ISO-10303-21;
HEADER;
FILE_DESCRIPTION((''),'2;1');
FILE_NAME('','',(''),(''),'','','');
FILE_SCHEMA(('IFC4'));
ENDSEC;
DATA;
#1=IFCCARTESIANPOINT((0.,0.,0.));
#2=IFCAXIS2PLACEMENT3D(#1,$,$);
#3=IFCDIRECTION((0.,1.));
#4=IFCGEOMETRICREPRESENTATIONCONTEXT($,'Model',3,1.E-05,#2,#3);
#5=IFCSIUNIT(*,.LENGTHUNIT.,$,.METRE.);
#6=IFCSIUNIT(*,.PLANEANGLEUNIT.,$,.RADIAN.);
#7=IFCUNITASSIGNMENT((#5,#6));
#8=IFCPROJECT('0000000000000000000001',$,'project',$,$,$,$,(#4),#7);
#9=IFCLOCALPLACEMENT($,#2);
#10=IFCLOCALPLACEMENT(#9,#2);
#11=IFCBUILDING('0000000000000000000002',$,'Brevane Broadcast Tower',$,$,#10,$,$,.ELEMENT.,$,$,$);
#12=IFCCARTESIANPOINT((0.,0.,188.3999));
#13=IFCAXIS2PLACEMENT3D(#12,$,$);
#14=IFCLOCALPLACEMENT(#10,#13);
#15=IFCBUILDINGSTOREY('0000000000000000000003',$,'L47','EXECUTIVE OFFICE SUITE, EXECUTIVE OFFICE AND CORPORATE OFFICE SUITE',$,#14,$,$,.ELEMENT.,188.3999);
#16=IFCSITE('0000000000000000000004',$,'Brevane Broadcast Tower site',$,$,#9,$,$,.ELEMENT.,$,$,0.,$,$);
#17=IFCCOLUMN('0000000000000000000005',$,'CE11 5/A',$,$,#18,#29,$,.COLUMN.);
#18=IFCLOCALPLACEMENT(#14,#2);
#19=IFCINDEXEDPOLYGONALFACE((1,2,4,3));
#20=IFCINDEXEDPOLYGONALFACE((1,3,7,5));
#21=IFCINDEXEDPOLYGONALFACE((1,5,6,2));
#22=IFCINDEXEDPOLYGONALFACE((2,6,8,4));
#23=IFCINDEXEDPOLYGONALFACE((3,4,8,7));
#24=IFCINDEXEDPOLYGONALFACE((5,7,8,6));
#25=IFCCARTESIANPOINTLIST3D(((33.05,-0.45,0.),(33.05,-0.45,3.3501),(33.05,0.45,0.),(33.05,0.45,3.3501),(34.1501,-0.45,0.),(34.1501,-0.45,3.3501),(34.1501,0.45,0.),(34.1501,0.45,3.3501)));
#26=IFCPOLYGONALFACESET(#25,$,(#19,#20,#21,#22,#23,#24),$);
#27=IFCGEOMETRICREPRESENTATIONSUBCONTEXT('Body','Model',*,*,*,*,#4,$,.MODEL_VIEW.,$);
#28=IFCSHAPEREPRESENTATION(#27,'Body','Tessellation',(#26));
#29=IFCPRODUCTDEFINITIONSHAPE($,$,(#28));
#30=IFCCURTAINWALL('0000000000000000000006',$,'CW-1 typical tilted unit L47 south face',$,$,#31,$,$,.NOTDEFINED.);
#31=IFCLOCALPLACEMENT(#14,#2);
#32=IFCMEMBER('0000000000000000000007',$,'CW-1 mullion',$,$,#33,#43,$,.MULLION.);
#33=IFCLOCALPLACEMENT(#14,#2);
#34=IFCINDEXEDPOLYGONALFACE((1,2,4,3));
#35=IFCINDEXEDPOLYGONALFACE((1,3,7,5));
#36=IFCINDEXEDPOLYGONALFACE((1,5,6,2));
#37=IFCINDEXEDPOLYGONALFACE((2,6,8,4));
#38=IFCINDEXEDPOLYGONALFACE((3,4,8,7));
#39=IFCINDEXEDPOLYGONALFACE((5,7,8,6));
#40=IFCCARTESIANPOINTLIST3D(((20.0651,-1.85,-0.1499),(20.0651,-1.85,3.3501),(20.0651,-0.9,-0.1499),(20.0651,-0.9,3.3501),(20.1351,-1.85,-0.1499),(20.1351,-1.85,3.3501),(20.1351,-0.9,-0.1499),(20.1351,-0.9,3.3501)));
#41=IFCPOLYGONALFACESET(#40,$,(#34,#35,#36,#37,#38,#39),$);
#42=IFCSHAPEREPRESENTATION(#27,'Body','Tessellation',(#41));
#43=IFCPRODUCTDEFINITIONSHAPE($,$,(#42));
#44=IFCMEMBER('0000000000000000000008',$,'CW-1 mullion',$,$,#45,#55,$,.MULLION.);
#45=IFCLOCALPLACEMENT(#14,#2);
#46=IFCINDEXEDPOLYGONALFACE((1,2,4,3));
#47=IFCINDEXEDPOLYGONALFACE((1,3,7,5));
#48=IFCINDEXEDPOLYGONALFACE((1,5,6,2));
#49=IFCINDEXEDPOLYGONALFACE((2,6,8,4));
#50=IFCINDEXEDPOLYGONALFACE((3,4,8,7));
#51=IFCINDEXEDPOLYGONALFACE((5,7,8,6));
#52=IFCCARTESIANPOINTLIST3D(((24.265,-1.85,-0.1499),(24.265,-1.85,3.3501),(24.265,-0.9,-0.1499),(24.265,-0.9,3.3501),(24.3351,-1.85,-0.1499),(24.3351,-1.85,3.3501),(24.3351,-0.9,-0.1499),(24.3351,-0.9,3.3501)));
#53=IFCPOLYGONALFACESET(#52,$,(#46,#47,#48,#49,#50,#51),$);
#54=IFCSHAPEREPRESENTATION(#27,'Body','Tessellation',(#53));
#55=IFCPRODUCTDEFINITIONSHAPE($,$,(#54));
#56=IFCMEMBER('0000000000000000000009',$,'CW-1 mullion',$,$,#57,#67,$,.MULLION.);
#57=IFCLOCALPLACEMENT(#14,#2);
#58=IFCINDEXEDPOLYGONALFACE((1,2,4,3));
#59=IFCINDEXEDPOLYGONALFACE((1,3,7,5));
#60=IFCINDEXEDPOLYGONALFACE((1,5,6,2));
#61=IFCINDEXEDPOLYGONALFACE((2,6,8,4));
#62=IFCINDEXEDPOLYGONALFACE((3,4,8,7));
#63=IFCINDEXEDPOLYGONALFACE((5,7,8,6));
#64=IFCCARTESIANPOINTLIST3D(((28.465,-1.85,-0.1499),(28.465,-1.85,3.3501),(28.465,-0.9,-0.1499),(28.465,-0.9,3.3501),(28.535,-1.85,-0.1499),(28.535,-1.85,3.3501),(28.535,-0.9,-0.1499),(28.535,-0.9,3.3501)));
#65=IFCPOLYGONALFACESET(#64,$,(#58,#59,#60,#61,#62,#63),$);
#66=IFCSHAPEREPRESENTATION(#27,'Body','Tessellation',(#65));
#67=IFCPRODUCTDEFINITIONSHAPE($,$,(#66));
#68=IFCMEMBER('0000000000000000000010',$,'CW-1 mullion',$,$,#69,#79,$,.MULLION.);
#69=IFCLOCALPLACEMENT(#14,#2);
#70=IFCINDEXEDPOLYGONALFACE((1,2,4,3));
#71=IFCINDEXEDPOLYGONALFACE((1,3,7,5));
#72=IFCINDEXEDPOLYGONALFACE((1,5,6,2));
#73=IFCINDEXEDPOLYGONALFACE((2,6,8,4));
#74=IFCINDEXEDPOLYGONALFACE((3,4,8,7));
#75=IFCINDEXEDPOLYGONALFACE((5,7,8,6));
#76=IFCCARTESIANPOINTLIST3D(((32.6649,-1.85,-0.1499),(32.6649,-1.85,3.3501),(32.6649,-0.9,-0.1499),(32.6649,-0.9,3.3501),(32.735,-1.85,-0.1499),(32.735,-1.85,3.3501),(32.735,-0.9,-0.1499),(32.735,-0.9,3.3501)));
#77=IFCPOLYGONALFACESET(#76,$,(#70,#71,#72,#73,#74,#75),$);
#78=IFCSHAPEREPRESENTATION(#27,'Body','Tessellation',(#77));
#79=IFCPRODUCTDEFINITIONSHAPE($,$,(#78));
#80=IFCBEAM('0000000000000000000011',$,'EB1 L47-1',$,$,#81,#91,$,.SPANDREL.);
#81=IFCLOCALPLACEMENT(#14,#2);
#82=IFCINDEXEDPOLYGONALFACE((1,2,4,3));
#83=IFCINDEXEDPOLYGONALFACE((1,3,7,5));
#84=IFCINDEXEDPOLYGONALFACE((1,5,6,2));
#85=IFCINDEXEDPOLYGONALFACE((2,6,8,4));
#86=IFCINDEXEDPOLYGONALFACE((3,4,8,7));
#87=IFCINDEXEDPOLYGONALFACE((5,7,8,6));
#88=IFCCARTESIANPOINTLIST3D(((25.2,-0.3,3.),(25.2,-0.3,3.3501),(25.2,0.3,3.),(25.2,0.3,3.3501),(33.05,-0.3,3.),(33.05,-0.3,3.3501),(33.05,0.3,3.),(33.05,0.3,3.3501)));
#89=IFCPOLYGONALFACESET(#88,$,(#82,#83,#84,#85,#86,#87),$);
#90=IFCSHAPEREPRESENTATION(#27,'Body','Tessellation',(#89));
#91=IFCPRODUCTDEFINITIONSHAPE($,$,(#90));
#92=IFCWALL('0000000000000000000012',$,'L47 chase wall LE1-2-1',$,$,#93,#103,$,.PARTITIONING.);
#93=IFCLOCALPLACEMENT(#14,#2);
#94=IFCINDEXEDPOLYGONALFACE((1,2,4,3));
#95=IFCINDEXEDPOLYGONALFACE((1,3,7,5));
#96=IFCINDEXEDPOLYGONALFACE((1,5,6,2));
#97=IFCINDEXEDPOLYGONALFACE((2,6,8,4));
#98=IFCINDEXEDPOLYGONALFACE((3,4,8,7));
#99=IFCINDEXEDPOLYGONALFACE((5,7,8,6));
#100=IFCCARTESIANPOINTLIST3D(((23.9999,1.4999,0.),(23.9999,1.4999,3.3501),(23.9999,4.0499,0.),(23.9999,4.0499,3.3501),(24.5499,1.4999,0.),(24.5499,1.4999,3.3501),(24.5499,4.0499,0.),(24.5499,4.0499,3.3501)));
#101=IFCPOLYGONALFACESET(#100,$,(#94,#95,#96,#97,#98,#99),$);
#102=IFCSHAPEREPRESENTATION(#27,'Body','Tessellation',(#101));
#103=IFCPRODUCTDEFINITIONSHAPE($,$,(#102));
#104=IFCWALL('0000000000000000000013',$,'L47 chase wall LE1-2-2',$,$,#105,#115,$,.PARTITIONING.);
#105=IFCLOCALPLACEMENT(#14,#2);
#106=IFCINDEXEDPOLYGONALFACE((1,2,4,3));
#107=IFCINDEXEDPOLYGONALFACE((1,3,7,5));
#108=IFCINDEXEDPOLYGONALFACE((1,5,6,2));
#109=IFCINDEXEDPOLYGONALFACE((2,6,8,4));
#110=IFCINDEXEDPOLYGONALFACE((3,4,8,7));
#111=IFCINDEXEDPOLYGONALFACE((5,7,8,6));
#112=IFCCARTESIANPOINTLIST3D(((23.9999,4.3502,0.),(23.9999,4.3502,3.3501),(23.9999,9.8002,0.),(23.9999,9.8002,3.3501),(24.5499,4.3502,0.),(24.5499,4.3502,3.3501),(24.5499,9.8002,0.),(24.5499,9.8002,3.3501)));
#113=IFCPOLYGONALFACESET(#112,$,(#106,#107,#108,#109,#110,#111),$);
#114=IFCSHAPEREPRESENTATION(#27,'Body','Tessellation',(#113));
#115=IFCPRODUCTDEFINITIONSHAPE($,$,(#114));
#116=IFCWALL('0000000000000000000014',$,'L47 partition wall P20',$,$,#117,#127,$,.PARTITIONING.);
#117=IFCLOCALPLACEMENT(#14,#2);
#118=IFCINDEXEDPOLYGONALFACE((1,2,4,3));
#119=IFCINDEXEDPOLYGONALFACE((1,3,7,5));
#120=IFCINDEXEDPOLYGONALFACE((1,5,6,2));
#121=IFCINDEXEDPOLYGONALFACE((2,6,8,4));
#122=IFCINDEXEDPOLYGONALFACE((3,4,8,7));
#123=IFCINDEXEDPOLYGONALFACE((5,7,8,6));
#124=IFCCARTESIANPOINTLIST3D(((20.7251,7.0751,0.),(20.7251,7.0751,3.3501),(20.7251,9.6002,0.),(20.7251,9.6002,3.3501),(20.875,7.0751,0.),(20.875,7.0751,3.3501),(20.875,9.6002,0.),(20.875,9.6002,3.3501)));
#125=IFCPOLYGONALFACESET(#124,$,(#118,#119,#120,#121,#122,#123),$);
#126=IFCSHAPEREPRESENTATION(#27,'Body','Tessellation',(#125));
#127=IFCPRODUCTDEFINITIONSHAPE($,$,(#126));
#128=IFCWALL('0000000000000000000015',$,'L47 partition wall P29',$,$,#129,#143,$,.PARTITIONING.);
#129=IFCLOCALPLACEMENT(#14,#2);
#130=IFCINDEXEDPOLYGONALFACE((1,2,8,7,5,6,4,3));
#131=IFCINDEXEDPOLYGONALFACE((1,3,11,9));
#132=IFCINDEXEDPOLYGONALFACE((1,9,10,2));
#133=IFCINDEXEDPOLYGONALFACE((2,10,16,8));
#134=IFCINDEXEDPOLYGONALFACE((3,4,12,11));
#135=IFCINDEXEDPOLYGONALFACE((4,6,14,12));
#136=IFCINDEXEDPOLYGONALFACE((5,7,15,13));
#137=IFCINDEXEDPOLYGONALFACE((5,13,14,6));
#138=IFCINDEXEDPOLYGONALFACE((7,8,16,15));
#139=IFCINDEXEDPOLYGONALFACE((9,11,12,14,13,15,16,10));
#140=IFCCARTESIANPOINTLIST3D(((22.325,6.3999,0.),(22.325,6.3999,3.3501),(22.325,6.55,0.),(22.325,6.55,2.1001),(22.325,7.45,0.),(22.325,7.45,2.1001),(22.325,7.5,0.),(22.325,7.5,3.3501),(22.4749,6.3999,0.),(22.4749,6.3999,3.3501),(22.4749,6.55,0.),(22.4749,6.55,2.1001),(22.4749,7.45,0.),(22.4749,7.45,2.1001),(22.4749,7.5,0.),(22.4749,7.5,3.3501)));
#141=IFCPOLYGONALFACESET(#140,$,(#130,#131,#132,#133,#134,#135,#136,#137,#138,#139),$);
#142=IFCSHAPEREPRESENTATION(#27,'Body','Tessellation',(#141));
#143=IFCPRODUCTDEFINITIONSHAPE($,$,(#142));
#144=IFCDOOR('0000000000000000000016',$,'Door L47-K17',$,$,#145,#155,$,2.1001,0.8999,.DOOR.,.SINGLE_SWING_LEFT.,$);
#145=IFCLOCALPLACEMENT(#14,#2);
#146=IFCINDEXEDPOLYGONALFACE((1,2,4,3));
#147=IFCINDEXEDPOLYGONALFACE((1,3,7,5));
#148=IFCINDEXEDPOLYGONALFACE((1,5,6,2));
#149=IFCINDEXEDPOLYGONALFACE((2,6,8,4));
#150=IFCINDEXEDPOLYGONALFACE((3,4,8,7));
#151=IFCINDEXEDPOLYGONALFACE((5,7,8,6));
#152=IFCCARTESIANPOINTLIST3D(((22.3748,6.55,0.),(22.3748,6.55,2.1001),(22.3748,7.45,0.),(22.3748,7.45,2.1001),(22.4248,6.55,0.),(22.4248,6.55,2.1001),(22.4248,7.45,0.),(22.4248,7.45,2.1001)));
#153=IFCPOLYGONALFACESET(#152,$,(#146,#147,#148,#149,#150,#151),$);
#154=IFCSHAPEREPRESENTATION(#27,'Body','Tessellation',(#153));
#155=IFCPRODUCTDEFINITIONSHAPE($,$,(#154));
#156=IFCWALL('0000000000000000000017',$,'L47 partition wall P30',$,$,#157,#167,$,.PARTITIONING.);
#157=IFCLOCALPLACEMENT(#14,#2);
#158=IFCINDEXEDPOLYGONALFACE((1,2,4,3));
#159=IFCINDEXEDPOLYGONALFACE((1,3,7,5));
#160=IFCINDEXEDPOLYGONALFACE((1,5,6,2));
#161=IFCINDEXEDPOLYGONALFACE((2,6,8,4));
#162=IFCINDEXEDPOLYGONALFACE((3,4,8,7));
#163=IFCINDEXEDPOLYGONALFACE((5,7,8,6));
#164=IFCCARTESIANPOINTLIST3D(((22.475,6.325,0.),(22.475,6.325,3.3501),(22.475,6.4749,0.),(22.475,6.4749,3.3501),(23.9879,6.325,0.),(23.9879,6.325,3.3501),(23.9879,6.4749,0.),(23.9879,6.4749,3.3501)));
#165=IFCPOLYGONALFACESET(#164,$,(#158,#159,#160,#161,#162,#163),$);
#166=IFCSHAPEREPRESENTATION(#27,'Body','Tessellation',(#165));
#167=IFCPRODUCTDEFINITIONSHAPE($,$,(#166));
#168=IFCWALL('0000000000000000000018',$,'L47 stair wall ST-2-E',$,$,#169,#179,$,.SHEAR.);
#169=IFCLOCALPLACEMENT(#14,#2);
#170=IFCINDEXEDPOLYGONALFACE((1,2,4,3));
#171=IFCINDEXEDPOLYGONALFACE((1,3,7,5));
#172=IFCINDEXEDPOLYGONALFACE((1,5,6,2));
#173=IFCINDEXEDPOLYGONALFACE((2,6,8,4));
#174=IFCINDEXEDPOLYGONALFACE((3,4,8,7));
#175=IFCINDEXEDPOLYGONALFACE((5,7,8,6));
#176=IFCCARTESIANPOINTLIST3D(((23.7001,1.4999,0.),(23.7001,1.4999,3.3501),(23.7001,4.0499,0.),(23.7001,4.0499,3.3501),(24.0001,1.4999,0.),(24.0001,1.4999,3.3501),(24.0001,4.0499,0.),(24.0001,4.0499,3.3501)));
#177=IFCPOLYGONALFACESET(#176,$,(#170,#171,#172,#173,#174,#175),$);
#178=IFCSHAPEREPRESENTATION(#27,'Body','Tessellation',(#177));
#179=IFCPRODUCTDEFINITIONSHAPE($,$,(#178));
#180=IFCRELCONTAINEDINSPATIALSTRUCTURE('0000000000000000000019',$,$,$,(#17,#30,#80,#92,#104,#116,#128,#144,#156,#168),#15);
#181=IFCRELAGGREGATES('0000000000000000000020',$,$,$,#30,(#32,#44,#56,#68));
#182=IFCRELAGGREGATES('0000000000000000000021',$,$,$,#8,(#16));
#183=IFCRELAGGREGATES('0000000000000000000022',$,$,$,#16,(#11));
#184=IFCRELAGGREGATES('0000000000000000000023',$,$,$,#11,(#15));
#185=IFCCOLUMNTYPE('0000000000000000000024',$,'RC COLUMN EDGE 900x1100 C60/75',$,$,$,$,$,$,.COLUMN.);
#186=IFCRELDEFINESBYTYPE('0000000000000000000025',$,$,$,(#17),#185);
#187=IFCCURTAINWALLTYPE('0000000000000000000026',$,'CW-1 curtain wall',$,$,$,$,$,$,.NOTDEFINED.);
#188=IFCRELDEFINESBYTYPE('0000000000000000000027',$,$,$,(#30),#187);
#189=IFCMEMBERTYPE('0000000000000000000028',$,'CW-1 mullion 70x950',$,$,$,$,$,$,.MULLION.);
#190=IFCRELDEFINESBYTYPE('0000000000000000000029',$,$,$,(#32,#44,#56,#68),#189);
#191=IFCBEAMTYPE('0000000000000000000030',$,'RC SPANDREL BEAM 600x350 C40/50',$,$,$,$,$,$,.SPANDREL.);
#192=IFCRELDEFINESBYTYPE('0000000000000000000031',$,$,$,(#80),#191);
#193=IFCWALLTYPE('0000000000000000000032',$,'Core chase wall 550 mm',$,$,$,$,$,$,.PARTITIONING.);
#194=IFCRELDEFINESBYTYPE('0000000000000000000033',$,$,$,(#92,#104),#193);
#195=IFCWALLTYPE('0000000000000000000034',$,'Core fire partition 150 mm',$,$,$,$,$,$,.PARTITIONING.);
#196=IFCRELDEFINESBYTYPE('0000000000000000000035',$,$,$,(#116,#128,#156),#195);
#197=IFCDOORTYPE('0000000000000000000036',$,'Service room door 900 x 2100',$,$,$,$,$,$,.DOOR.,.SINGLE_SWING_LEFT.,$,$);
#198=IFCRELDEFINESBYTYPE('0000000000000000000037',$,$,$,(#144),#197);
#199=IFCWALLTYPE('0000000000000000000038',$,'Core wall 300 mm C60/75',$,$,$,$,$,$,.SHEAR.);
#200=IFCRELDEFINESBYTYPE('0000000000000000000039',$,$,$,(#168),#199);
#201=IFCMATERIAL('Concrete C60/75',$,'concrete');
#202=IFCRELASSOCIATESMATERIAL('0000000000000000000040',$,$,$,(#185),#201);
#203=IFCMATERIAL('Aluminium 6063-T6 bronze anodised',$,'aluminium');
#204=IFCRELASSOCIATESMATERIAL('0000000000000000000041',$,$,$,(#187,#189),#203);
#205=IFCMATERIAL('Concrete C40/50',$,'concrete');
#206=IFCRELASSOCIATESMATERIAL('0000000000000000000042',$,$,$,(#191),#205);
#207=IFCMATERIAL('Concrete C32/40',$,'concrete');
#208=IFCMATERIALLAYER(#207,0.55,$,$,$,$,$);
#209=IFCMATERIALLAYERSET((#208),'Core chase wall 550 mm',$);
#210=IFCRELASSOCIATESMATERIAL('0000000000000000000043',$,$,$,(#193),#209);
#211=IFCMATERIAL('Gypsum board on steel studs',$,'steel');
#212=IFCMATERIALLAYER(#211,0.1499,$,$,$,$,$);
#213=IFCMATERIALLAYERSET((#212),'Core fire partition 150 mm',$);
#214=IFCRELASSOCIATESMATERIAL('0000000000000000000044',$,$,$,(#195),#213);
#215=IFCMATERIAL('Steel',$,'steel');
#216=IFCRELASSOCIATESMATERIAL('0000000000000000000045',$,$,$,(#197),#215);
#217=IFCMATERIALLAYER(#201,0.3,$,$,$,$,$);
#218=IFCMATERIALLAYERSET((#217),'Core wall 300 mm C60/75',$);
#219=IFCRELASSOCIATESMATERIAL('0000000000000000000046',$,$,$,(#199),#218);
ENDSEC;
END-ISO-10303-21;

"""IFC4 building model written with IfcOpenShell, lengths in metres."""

from ifc_helpers import new_model, si_unit, direction, frame, frame_2d, origin, origin_2d, place, context, subcontext, project, spatial, rectangle, extrude, material, layer, layer_set, material_profile, profile_set, type_object, element, fill, aggregate, save


model = new_model("IFC4")

# Units and contexts
model_context = context("Model", 3, precision=1e-05, world=origin(), true_north=direction((0.0, 1.0)))
body_context = subcontext(model_context, "Body", "Model", "MODEL_VIEW")
ifc_project = project(units=[si_unit("LENGTHUNIT", "METRE"), si_unit("PLANEANGLEUNIT", "RADIAN")], contexts=[model_context])

# Site, building, storey
site_placement = place(None, origin())
site = spatial("IfcSite", under=ifc_project, at=site_placement, Name="Brevane Broadcast Tower site", CompositionType="ELEMENT", RefElevation=0.0)
building_placement = place(site_placement, origin())
building = spatial("IfcBuilding", under=site, at=building_placement, Name="Brevane Broadcast Tower", CompositionType="ELEMENT")
storey_placement = place(building_placement, frame((0.0, 0.0, 188.3999)))
storey = spatial("IfcBuildingStorey", under=building, at=storey_placement, Name="L47", Description="EXECUTIVE OFFICE SUITE, EXECUTIVE OFFICE AND CORPORATE OFFICE SUITE", CompositionType="ELEMENT", Elevation=188.3999)

# Column
ifc_material_1 = material(Name="Concrete C60/75", Category="concrete")
ifc_material_profile_1 = material_profile(ifc_material_1, rectangle(XDim=0.8999, YDim=1.1001, at=origin_2d()), Name="RC 900x1100")
ifc_profile_set_1 = profile_set([ifc_material_profile_1], Name="Concrete C60/75")
column_type = type_object("IfcColumnType", Name="RC COLUMN EDGE 900x1100 C60/75", PredefinedType="COLUMN", material=ifc_profile_set_1)
column_placement = place(storey_placement, frame((33.6001, 0.0, 0.0), z_axis=(0.0, 0.0, 1.0), x_axis=(0.0, 1.0, 0.0)))
element("IfcColumn", 1, at=column_placement, inside=storey, type_object=column_type, Name="CE11 5/A", PredefinedType="COLUMN", context=body_context, shape_type="SweptSolid", body=[
    extrude(rectangle(XDim=0.8999, YDim=1.1001, at=origin_2d()), origin(), (0.0, 0.0, 1.0), 3.3501),
])

# Curtain wall, members
ifc_material_2 = material(Name="Aluminium 6063-T6 bronze anodised", Category="aluminium")
curtain_wall_type = type_object("IfcCurtainWallType", Name="CW-1 curtain wall", PredefinedType="NOTDEFINED", material=ifc_material_2)
curtain_wall_placement = place(storey_placement, origin())
curtain_wall = element("IfcCurtainWall", 2, at=curtain_wall_placement, inside=storey, type_object=curtain_wall_type, Name="CW-1 typical tilted unit L47 south face", PredefinedType="NOTDEFINED")
ifc_material_profile_2 = material_profile(ifc_material_2, rectangle(XDim=0.95, YDim=0.0701, at=origin_2d()), Name="RECT 70x950")
ifc_profile_set_2 = profile_set([ifc_material_profile_2], Name="Aluminium 6063-T6 bronze anodised")
member_type = type_object("IfcMemberType", Name="CW-1 mullion 70x950", PredefinedType="MULLION", material=ifc_profile_set_2)
member_1_placement = place(storey_placement, frame((20.1001, -1.375, -0.1499), z_axis=(0.0, 0.0, 1.0), x_axis=(0.0, 1.0, 0.0)))
member_1 = element("IfcMember", 3, at=member_1_placement, type_object=member_type, Name="CW-1 mullion", PredefinedType="MULLION", context=body_context, shape_type="SweptSolid", body=[
    extrude(rectangle(XDim=0.95, YDim=0.0701, at=origin_2d()), origin(), (0.0, 0.0, 1.0), 3.5),
])
member_2_placement = place(storey_placement, frame((24.3, -1.375, -0.1499), z_axis=(0.0, 0.0, 1.0), x_axis=(0.0, 1.0, 0.0)))
member_2 = element("IfcMember", 4, at=member_2_placement, type_object=member_type, Name="CW-1 mullion", PredefinedType="MULLION", context=body_context, shape_type="SweptSolid", body=[
    extrude(rectangle(XDim=0.95, YDim=0.0701, at=origin_2d()), origin(), (0.0, 0.0, 1.0), 3.5),
])
member_3_placement = place(storey_placement, frame((28.5, -1.375, -0.1499), z_axis=(0.0, 0.0, 1.0), x_axis=(0.0, 1.0, 0.0)))
member_3 = element("IfcMember", 5, at=member_3_placement, type_object=member_type, Name="CW-1 mullion", PredefinedType="MULLION", context=body_context, shape_type="SweptSolid", body=[
    extrude(rectangle(XDim=0.95, YDim=0.0701, at=origin_2d()), origin(), (0.0, 0.0, 1.0), 3.5),
])
member_4_placement = place(storey_placement, frame((32.7, -1.375, -0.1499), z_axis=(0.0, 0.0, 1.0), x_axis=(0.0, 1.0, 0.0)))
member_4 = element("IfcMember", 6, at=member_4_placement, type_object=member_type, Name="CW-1 mullion", PredefinedType="MULLION", context=body_context, shape_type="SweptSolid", body=[
    extrude(rectangle(XDim=0.95, YDim=0.0701, at=origin_2d()), origin(), (0.0, 0.0, 1.0), 3.5),
])
aggregate(curtain_wall, [member_1, member_2, member_3, member_4])

# Beam
ifc_material_3 = material(Name="Concrete C40/50", Category="concrete")
ifc_material_profile_3 = material_profile(ifc_material_3, rectangle(XDim=0.6001, YDim=0.3501, at=origin_2d()), Name="RC 600x350")
ifc_profile_set_3 = profile_set([ifc_material_profile_3], Name="Concrete C40/50")
beam_type = type_object("IfcBeamType", Name="RC SPANDREL BEAM 600x350 C40/50", PredefinedType="SPANDREL", material=ifc_profile_set_3)
beam_placement = place(storey_placement, frame((25.2, 0.0, 3.175), z_axis=(1.0, 0.0, 0.0), x_axis=(0.0, 1.0, 0.0)))
element("IfcBeam", 7, at=beam_placement, inside=storey, type_object=beam_type, Name="EB1 L47-1", PredefinedType="SPANDREL", context=body_context, shape_type="SweptSolid", body=[
    extrude(rectangle(XDim=0.6001, YDim=0.3501, at=origin_2d()), origin(), (0.0, 0.0, 1.0), 7.8501),
])

# Walls
ifc_material_4 = material(Name="Concrete C32/40", Category="concrete")
ifc_layer_1 = layer(ifc_material_4, 0.55)
ifc_layer_set_1 = layer_set([ifc_layer_1], Name="Core chase wall 550 mm")
wall_type_1 = type_object("IfcWallType", Name="Core chase wall 550 mm", PredefinedType="PARTITIONING", material=ifc_layer_set_1)
wall_1_placement = place(storey_placement, frame((24.2749, 1.5, 0.0), z_axis=(0.0, 0.0, 1.0), x_axis=(0.0, 1.0, 0.0)))
element("IfcWall", 8, at=wall_1_placement, inside=storey, type_object=wall_type_1, Name="L47 chase wall LE1-2-1", PredefinedType="PARTITIONING", context=body_context, shape_type="SweptSolid", body=[
    extrude(rectangle(XDim=2.55, YDim=0.55, at=frame_2d((1.2749, 0.0))), origin(), (0.0, 0.0, 1.0), 3.3501),
])
wall_2_placement = place(storey_placement, frame((24.2749, 4.3501, 0.0), z_axis=(0.0, 0.0, 1.0), x_axis=(0.0, 1.0, 0.0)))
element("IfcWall", 9, at=wall_2_placement, inside=storey, type_object=wall_type_1, Name="L47 chase wall LE1-2-2", PredefinedType="PARTITIONING", context=body_context, shape_type="SweptSolid", body=[
    extrude(rectangle(XDim=5.45, YDim=0.55, at=frame_2d((2.7251, 0.0))), origin(), (0.0, 0.0, 1.0), 3.3501),
])
ifc_material_5 = material(Name="Gypsum board on steel studs", Category="steel")
ifc_layer_2 = layer(ifc_material_5, 0.1499)
ifc_layer_set_2 = layer_set([ifc_layer_2], Name="Core fire partition 150 mm")
wall_type_2 = type_object("IfcWallType", Name="Core fire partition 150 mm", PredefinedType="PARTITIONING", material=ifc_layer_set_2)
wall_3_placement = place(storey_placement, frame((20.8, 7.075, 0.0), z_axis=(0.0, 0.0, 1.0), x_axis=(0.0, 1.0, 0.0)))
element("IfcWall", 10, at=wall_3_placement, inside=storey, type_object=wall_type_2, Name="L47 partition wall P20", PredefinedType="PARTITIONING", context=body_context, shape_type="SweptSolid", body=[
    extrude(rectangle(XDim=2.5251, YDim=0.1499, at=frame_2d((1.2627, 0.0))), origin(), (0.0, 0.0, 1.0), 3.3501),
])

# Wall, opening, door
wall_4_placement = place(storey_placement, frame((22.3999, 7.5, 0.0), z_axis=(0.0, 0.0, 1.0), x_axis=(0.0, -1.0, 0.0)))
wall_4 = element("IfcWall", 11, at=wall_4_placement, inside=storey, type_object=wall_type_2, Name="L47 partition wall P29", PredefinedType="PARTITIONING", context=body_context, shape_type="SweptSolid", body=[
    extrude(rectangle(XDim=1.1001, YDim=0.1499, at=frame_2d((0.55, 0.0))), origin(), (0.0, 0.0, 1.0), 3.3501),
])
opening_placement = place(wall_4_placement, frame((0.05, 0.0, 0.0)))
opening = element("IfcOpeningElement", 12, at=opening_placement, cuts=wall_4, PredefinedType="OPENING", context=body_context, shape_type="SweptSolid", body=[
    extrude(rectangle(XDim=0.8999, YDim=2.1001, at=frame_2d((0.45, 1.05))), frame((0.0, 0.085, 0.0), z_axis=(0.0, -1.0, 0.0), x_axis=(1.0, 0.0, 0.0)), (0.0, 0.0, 1.0), 0.1699),
])
ifc_material_6 = material(Name="Steel", Category="steel")
door_type = type_object("IfcDoorType", Name="Service room door 900 x 2100", OperationType="SINGLE_SWING_LEFT", PredefinedType="DOOR", material=ifc_material_6)
door_placement = place(opening_placement, origin())
door = element("IfcDoor", 13, at=door_placement, inside=storey, type_object=door_type, Name="Door L47-K17", OperationType="SINGLE_SWING_LEFT", OverallHeight=2.1001, OverallWidth=0.8999, PredefinedType="DOOR", context=body_context, shape_type="SweptSolid", body=[
    extrude(rectangle(XDim=0.8999, YDim=2.1001, at=frame_2d((0.45, 1.05))), frame((0.0, 0.0249, 0.0), z_axis=(0.0, -1.0, 0.0), x_axis=(1.0, 0.0, 0.0)), (0.0, 0.0, 1.0), 0.05),
])
fill(opening, door)

# Walls
wall_5_placement = place(storey_placement, frame((22.4751, 6.3999, 0.0), z_axis=(0.0, 0.0, 1.0), x_axis=(1.0, 0.0, 0.0)))
element("IfcWall", 14, at=wall_5_placement, inside=storey, type_object=wall_type_2, Name="L47 partition wall P30", PredefinedType="PARTITIONING", context=body_context, shape_type="SweptSolid", body=[
    extrude(rectangle(XDim=1.5129, YDim=0.1499, at=frame_2d((0.7563, 0.0))), origin(), (0.0, 0.0, 1.0), 3.3501),
])
ifc_layer_3 = layer(ifc_material_1, 0.3)
ifc_layer_set_3 = layer_set([ifc_layer_3], Name="Core wall 300 mm C60/75")
wall_type_3 = type_object("IfcWallType", Name="Core wall 300 mm C60/75", PredefinedType="SHEAR", material=ifc_layer_set_3)
wall_6_placement = place(storey_placement, frame((23.8501, 1.5, 0.0), z_axis=(0.0, 0.0, 1.0), x_axis=(0.0, 1.0, 0.0)))
element("IfcWall", 15, at=wall_6_placement, inside=storey, type_object=wall_type_3, Name="L47 stair wall ST-2-E", PredefinedType="SHEAR", context=body_context, shape_type="SweptSolid", body=[
    extrude(rectangle(XDim=2.55, YDim=0.3, at=frame_2d((1.2749, 0.0))), origin(), (0.0, 0.0, 1.0), 3.3501),
])

save(model, "model.ifc")
